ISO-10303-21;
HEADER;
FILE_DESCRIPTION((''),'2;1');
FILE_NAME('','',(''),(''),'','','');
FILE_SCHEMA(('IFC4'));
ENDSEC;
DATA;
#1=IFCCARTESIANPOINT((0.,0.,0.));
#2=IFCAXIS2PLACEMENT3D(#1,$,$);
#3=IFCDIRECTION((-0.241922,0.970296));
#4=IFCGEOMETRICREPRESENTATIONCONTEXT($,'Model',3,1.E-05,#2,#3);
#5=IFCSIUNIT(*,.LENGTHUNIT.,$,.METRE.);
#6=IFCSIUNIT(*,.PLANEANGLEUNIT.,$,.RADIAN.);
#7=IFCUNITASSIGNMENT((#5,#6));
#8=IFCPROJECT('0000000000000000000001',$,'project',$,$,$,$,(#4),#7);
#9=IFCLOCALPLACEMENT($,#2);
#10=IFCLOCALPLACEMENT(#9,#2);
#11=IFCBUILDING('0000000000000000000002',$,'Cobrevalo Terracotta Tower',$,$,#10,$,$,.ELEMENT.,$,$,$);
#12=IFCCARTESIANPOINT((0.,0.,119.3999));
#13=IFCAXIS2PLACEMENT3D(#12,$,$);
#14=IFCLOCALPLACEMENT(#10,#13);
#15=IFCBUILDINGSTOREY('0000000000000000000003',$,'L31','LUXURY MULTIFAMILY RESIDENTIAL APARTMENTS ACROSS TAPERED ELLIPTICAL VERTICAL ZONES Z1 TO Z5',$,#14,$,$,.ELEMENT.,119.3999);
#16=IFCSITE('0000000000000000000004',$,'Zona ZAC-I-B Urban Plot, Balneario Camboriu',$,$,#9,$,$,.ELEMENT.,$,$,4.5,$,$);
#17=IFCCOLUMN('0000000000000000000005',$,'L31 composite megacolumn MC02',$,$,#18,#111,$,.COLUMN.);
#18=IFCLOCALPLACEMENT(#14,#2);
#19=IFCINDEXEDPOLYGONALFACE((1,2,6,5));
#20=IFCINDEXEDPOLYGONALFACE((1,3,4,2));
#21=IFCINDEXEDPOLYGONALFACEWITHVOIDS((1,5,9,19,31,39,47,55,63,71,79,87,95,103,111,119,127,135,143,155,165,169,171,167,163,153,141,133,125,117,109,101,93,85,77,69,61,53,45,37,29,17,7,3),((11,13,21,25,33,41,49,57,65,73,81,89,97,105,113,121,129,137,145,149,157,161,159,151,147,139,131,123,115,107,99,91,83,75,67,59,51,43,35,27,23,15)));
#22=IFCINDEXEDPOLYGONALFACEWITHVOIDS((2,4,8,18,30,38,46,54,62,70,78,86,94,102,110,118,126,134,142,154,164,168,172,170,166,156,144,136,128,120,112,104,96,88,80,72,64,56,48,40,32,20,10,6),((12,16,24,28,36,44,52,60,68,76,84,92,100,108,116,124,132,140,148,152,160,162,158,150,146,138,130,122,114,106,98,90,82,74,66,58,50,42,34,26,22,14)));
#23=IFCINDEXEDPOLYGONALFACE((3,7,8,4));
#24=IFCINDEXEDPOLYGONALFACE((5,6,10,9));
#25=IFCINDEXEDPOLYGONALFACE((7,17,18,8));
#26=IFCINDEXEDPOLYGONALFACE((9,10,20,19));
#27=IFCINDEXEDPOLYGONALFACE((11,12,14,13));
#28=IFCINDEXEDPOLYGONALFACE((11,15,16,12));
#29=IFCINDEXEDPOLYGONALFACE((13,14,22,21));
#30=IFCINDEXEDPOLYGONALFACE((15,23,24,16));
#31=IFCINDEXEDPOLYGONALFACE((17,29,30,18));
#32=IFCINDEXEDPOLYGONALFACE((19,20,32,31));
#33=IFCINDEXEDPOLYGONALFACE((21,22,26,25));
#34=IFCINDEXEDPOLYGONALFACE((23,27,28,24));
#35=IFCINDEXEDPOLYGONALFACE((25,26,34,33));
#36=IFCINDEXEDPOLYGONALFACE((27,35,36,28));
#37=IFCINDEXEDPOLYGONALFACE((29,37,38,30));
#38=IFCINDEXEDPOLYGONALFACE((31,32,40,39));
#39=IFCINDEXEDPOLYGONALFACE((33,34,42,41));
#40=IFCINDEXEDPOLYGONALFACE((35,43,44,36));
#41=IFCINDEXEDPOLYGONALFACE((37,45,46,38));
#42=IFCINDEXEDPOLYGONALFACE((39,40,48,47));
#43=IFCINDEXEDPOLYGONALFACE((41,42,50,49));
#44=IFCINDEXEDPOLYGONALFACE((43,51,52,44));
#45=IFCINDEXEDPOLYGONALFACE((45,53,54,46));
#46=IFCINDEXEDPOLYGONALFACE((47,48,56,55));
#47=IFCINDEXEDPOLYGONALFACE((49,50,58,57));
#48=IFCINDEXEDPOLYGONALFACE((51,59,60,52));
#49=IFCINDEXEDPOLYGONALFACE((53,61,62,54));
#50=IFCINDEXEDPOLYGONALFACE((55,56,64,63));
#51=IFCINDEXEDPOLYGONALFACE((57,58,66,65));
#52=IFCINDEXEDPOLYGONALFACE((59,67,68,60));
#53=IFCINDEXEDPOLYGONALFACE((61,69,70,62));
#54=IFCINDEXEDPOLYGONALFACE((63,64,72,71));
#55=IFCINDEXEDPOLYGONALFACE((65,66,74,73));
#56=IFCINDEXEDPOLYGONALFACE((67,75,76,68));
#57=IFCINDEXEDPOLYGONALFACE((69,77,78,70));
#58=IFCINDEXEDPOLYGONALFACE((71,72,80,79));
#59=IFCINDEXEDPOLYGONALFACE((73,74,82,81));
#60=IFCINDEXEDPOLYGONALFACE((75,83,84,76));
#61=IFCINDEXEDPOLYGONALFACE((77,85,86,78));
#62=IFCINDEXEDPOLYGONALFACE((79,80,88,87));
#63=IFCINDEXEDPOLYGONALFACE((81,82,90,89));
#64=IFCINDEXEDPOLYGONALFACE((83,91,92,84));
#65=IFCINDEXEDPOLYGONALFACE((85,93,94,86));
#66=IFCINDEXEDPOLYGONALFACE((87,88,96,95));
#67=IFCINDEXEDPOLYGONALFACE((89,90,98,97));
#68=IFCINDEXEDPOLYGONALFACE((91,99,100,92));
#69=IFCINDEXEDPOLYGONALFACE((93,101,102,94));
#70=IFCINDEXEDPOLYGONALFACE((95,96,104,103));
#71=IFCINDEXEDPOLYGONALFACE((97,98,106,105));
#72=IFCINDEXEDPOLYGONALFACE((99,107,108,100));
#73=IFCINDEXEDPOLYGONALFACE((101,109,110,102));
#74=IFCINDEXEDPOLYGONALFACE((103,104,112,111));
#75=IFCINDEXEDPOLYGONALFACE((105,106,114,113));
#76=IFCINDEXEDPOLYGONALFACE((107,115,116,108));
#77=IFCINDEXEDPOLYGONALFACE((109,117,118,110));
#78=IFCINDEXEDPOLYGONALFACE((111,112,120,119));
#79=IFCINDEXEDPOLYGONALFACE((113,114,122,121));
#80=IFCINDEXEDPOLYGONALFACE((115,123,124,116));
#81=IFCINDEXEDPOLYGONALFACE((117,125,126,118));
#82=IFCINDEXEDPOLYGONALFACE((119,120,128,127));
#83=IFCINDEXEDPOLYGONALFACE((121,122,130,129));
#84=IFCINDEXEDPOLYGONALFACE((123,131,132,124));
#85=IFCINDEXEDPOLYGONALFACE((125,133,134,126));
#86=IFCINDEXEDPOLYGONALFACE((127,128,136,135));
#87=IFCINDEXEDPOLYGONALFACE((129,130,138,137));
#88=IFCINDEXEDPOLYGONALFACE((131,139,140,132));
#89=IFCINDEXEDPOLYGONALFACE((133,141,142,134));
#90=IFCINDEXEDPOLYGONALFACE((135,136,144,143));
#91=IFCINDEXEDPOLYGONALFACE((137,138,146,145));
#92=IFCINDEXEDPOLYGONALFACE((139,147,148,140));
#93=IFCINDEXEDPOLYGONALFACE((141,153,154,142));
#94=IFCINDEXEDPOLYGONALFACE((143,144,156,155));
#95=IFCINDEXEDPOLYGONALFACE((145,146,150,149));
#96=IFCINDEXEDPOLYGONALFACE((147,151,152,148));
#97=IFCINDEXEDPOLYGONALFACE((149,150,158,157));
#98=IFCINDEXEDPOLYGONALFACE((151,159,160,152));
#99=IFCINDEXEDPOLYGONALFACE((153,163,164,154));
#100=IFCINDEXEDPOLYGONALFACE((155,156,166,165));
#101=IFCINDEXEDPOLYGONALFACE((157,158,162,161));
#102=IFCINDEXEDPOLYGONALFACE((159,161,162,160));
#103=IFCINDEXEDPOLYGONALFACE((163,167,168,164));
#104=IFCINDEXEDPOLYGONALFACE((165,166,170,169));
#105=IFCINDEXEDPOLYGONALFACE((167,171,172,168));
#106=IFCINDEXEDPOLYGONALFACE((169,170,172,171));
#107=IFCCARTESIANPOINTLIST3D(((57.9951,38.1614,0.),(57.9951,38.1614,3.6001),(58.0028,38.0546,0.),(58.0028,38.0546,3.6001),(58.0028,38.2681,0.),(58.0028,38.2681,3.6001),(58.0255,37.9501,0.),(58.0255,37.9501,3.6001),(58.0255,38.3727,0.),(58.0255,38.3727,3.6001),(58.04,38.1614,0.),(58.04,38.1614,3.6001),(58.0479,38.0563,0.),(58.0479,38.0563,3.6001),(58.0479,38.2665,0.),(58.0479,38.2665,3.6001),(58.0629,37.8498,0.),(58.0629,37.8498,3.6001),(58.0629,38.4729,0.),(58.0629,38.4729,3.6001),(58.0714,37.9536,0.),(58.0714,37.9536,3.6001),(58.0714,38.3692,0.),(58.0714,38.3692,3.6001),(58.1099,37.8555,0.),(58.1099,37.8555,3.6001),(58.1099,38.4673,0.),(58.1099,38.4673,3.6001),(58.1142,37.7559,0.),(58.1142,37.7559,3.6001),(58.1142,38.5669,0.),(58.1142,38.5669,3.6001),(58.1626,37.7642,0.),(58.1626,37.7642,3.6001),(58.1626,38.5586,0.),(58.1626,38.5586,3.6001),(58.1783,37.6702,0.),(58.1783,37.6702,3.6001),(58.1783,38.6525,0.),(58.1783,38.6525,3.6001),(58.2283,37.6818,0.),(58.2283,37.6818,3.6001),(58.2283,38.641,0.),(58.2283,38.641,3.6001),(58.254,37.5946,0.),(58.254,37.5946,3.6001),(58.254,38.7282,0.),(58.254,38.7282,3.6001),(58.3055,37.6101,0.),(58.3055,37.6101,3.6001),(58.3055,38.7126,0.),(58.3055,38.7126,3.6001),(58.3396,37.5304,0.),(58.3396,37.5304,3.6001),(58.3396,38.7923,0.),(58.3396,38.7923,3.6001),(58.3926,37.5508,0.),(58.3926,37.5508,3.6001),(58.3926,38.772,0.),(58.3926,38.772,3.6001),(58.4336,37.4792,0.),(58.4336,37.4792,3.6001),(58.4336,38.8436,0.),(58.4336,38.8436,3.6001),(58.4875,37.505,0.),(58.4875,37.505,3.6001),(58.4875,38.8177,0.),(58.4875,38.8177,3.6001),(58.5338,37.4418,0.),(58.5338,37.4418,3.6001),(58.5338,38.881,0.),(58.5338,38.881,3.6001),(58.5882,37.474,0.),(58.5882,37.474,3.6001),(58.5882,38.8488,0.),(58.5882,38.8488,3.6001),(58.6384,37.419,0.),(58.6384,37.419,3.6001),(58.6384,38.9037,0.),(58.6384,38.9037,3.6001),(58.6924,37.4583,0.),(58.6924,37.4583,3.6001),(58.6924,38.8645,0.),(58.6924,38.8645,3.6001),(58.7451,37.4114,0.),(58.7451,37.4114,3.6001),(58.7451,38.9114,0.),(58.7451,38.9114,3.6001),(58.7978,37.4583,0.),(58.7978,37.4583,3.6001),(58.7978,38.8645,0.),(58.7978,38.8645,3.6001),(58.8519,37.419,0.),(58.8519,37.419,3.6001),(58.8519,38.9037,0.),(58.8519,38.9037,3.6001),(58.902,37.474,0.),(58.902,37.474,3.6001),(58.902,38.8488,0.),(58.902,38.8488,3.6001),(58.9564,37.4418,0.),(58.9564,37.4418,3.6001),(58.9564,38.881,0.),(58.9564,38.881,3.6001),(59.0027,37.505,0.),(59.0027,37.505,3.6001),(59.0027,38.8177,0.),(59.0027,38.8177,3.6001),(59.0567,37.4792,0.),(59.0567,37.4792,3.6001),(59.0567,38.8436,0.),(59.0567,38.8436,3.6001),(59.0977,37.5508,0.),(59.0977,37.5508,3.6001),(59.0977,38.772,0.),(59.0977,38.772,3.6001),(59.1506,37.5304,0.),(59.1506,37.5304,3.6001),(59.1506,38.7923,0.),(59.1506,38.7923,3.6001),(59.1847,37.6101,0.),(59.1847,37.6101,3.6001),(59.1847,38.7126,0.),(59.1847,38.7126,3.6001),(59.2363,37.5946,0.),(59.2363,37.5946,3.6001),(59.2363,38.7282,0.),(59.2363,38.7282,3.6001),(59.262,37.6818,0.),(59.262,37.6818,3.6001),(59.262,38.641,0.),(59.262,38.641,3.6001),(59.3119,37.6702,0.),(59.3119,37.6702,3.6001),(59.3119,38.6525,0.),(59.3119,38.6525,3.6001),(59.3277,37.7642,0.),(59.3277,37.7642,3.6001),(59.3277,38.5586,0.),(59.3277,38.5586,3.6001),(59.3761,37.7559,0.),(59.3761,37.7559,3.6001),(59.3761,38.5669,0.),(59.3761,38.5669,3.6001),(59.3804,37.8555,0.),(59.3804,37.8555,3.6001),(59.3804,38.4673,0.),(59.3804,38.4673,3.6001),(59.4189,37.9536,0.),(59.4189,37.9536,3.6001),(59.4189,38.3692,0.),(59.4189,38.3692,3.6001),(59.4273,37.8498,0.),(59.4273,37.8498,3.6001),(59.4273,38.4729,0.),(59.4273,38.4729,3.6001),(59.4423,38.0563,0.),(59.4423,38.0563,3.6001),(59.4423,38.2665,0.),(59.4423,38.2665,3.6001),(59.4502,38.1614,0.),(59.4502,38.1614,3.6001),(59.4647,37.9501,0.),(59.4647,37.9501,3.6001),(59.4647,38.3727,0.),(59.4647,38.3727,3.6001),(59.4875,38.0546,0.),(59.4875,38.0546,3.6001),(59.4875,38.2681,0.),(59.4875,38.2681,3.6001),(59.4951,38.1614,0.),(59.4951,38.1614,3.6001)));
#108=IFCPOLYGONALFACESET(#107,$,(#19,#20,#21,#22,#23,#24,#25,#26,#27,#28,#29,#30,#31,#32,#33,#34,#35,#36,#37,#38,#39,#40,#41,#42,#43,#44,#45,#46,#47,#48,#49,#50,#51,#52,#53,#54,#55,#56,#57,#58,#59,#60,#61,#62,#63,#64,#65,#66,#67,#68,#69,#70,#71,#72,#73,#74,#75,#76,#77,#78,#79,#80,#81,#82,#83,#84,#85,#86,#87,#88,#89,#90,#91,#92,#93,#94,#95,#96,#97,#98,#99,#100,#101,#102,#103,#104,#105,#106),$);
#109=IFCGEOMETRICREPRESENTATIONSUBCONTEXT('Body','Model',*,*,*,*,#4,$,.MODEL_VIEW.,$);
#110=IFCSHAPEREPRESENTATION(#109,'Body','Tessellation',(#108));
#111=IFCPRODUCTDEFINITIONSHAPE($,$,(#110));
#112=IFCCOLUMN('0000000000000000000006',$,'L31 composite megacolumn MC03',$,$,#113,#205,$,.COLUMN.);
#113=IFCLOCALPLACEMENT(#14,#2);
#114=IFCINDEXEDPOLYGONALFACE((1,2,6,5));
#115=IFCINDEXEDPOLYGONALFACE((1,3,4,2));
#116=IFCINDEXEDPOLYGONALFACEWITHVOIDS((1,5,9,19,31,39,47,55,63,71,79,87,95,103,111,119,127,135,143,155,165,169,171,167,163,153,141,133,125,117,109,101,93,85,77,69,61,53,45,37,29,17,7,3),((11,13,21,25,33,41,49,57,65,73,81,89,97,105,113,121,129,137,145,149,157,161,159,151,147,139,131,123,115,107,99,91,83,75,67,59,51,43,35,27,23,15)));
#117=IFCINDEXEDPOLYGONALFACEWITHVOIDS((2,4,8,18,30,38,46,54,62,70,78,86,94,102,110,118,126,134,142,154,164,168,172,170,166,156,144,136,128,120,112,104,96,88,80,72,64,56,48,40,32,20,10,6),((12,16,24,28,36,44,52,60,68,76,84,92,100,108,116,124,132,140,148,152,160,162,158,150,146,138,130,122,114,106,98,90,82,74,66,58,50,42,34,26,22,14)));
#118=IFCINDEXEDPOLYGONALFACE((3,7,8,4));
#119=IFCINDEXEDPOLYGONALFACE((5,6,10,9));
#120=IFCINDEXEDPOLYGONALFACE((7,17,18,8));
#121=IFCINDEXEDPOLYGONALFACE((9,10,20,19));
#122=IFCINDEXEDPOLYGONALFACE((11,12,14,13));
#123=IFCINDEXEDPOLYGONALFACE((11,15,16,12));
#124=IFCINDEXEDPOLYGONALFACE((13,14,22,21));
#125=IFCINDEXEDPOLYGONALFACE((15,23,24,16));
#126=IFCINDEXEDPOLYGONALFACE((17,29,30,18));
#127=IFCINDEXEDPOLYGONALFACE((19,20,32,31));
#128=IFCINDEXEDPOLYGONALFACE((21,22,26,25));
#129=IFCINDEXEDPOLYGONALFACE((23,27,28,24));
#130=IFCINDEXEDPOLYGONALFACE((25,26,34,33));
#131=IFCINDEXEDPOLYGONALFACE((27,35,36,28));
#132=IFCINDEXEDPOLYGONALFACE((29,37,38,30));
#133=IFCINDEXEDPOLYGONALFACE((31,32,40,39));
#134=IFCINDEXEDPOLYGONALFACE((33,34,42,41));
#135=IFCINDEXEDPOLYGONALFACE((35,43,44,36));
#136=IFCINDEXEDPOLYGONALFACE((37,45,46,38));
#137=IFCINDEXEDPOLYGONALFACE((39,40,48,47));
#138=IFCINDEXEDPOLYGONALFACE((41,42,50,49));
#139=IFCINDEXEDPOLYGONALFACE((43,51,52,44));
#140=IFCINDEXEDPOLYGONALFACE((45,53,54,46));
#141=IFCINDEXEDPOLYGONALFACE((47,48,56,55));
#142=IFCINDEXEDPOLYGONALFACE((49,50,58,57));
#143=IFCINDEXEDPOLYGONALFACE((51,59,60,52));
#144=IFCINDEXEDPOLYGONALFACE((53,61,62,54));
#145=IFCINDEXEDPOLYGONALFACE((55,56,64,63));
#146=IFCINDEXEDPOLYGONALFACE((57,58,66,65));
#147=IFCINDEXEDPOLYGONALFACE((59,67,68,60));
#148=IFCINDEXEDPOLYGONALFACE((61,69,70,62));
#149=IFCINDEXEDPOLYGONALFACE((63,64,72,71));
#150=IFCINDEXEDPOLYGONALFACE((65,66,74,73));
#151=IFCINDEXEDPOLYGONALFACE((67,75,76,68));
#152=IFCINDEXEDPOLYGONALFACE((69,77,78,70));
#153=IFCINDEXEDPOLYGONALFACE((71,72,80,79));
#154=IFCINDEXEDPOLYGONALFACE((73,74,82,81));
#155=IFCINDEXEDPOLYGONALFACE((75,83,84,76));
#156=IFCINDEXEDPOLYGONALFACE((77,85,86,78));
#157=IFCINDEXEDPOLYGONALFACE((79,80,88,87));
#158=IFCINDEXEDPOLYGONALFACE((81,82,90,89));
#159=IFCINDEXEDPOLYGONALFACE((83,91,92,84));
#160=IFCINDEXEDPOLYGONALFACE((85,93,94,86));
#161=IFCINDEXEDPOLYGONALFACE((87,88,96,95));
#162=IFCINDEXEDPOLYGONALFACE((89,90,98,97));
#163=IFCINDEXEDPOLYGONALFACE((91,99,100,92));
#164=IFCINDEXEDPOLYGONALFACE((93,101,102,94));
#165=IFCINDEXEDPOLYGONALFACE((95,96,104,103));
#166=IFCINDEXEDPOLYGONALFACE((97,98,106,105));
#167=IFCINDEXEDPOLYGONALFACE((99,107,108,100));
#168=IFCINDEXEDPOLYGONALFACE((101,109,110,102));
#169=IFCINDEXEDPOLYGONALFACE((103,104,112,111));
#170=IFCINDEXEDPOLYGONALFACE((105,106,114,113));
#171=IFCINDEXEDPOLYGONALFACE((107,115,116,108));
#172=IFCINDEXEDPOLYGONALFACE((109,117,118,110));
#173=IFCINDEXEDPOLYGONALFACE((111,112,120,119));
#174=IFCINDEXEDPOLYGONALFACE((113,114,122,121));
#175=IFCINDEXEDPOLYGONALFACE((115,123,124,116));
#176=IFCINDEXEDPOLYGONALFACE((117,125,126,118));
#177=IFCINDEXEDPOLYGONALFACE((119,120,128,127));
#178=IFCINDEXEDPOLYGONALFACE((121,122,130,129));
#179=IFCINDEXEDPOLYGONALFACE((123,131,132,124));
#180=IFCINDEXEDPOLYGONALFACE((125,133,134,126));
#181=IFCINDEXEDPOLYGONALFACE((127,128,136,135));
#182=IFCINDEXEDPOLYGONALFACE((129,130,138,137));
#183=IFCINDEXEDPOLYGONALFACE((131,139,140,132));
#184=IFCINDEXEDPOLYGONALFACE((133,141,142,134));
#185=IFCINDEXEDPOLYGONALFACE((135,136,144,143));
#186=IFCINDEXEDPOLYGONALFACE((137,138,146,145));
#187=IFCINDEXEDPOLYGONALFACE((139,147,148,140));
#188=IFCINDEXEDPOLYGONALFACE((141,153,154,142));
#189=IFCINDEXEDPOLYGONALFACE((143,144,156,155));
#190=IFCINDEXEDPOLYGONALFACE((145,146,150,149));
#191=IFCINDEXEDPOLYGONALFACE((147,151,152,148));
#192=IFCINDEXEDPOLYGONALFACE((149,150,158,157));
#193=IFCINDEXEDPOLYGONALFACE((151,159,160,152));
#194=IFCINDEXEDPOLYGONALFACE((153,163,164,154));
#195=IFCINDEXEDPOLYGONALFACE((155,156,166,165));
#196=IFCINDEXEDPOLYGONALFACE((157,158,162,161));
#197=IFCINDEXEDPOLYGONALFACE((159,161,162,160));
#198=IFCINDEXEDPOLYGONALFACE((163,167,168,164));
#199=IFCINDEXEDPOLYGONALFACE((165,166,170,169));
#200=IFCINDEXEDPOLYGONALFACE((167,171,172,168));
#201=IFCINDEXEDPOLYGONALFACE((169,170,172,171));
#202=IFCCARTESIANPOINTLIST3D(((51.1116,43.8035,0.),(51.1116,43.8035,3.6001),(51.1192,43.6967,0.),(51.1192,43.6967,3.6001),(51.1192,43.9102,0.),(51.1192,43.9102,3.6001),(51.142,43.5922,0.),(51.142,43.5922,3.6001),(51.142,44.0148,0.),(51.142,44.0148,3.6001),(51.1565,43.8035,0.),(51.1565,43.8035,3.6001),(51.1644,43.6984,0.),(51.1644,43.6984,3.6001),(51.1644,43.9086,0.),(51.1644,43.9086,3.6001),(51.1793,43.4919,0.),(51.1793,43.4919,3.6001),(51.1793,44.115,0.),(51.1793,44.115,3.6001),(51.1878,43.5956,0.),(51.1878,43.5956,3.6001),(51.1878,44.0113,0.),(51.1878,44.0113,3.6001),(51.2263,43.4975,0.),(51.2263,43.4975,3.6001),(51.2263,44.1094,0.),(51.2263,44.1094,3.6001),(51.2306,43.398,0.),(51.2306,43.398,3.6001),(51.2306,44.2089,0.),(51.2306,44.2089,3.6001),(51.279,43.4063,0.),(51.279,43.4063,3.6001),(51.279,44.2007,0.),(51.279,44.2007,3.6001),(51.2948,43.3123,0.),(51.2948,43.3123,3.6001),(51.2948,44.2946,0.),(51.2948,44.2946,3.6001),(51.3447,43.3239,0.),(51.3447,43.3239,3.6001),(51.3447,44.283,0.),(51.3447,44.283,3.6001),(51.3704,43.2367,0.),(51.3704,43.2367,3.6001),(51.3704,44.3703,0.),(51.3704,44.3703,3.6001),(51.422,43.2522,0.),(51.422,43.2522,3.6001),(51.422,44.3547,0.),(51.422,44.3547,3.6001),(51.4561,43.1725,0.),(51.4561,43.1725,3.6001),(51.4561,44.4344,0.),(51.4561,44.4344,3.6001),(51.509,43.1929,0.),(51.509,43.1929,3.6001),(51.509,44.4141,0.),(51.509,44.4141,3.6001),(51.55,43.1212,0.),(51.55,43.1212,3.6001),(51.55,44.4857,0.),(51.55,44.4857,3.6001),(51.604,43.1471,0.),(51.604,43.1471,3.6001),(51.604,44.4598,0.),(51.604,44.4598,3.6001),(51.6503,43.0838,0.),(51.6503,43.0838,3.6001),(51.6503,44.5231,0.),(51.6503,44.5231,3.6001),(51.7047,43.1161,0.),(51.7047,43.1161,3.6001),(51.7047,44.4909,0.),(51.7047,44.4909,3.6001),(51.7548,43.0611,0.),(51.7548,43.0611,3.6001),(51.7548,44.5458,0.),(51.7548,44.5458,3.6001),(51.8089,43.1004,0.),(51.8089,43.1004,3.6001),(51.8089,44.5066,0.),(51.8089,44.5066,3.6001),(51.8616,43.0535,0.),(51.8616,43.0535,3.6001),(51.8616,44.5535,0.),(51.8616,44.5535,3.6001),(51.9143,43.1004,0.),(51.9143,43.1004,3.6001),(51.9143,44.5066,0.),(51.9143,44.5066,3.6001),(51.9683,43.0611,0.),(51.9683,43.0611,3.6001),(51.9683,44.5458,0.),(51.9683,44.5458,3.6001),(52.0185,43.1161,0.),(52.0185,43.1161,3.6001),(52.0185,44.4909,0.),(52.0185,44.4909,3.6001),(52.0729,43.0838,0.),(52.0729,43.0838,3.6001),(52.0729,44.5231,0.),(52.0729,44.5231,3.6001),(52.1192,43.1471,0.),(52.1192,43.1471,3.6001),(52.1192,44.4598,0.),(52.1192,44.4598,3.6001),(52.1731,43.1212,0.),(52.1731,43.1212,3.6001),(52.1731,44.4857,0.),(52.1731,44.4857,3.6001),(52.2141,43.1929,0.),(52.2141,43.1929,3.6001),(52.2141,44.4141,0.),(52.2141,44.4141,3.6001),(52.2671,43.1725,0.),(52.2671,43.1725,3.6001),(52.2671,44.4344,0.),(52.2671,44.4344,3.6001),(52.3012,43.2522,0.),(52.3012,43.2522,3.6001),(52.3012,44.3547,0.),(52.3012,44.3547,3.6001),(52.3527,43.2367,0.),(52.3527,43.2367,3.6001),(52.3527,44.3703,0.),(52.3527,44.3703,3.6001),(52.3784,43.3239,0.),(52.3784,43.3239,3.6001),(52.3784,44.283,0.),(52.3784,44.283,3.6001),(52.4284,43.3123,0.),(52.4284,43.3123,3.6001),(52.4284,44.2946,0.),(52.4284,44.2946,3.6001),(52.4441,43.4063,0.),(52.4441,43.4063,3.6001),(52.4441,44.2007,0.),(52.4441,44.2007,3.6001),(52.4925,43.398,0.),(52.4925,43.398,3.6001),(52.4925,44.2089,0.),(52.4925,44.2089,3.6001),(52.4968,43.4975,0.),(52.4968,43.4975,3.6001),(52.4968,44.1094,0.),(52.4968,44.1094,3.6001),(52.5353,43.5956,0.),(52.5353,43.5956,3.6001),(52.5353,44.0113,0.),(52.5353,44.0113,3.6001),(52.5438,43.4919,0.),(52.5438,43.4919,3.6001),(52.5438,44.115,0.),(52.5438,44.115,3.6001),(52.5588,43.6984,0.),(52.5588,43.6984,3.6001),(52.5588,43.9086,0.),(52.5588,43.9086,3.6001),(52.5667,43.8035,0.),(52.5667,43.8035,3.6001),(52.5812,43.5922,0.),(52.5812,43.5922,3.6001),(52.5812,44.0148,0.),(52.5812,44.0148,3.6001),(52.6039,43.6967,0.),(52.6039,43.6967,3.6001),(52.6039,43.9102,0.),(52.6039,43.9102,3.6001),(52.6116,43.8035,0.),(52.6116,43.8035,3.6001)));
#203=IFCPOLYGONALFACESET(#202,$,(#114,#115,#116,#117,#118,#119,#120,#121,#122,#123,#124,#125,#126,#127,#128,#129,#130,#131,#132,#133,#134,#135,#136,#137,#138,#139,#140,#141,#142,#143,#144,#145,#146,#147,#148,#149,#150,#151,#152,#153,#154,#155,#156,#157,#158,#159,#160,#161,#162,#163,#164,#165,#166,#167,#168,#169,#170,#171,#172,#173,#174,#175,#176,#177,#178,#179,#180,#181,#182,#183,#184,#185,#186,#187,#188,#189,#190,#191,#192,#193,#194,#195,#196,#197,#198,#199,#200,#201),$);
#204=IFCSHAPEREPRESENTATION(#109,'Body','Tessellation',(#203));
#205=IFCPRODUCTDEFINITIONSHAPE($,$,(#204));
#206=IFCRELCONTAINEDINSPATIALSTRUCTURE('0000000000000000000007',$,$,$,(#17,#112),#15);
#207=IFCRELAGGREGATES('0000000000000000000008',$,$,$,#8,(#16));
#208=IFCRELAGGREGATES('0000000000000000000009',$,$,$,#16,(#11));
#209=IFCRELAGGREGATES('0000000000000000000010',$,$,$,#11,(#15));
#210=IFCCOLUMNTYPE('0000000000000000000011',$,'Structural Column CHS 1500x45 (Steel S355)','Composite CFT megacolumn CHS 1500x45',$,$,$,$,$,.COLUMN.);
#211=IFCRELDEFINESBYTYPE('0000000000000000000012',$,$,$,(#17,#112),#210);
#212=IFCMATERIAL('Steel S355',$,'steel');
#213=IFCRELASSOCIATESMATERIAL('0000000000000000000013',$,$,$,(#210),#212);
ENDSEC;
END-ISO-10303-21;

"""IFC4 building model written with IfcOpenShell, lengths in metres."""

from ifc_helpers import new_model, si_unit, direction, frame, origin, origin_2d, place, context, subcontext, project, spatial, hollow_circle, extrude, material, material_profile, profile_set, type_object, element, save


model = new_model("IFC4")

# Units and contexts
model_context = context("Model", 3, precision=1e-05, world=origin(), true_north=direction((-0.241922, 0.970296)))
body_context = subcontext(model_context, "Body", "Model", "MODEL_VIEW")
ifc_project = project(units=[si_unit("LENGTHUNIT", "METRE"), si_unit("PLANEANGLEUNIT", "RADIAN")], contexts=[model_context])

# Site, building, storey
site_placement = place(None, origin())
site = spatial("IfcSite", under=ifc_project, at=site_placement, Name="Zona ZAC-I-B Urban Plot, Balneario Camboriu", CompositionType="ELEMENT", RefElevation=4.5)
building_placement = place(site_placement, origin())
building = spatial("IfcBuilding", under=site, at=building_placement, Name="Cobrevalo Terracotta Tower", CompositionType="ELEMENT")
storey_placement = place(building_placement, frame((0.0, 0.0, 119.3999)))
storey = spatial("IfcBuildingStorey", under=building, at=storey_placement, Name="L31", Description="LUXURY MULTIFAMILY RESIDENTIAL APARTMENTS ACROSS TAPERED ELLIPTICAL VERTICAL ZONES Z1 TO Z5", CompositionType="ELEMENT", Elevation=119.3999)

# Columns
ifc_material_1 = material(Name="Steel S355", Category="steel")
ifc_material_profile_1 = material_profile(ifc_material_1, hollow_circle(Radius=0.75, WallThickness=0.0449, at=origin_2d()), Name="CHS 1500x45")
ifc_profile_set_1 = profile_set([ifc_material_profile_1], Name="Steel S355")
column_type = type_object("IfcColumnType", Name="Structural Column CHS 1500x45 (Steel S355)", Description="Composite CFT megacolumn CHS 1500x45", PredefinedType="COLUMN", material=ifc_profile_set_1)
for number, where, z_axis, x_axis, name in (
    (1, (58.7451, 38.1614, 0.0), (0.0, 0.0, 1.0), (1.0, 0.0, 0.0), "L31 composite megacolumn MC02"),
    (2, (51.8616, 43.8035, 0.0), (0.0, 0.0, 1.0), (1.0, 0.0, 0.0), "L31 composite megacolumn MC03"),
):
    element("IfcColumn", number, at=place(storey_placement, frame(where, z_axis=z_axis, x_axis=x_axis)), inside=storey, type_object=column_type, Name=name, PredefinedType="COLUMN", context=body_context, shape_type="SweptSolid", body=[
        extrude(hollow_circle(Radius=0.75, WallThickness=0.0449, at=origin_2d()), origin(), (0.0, 0.0, 1.0), 3.6001),
    ])

save(model, "model.ifc")
